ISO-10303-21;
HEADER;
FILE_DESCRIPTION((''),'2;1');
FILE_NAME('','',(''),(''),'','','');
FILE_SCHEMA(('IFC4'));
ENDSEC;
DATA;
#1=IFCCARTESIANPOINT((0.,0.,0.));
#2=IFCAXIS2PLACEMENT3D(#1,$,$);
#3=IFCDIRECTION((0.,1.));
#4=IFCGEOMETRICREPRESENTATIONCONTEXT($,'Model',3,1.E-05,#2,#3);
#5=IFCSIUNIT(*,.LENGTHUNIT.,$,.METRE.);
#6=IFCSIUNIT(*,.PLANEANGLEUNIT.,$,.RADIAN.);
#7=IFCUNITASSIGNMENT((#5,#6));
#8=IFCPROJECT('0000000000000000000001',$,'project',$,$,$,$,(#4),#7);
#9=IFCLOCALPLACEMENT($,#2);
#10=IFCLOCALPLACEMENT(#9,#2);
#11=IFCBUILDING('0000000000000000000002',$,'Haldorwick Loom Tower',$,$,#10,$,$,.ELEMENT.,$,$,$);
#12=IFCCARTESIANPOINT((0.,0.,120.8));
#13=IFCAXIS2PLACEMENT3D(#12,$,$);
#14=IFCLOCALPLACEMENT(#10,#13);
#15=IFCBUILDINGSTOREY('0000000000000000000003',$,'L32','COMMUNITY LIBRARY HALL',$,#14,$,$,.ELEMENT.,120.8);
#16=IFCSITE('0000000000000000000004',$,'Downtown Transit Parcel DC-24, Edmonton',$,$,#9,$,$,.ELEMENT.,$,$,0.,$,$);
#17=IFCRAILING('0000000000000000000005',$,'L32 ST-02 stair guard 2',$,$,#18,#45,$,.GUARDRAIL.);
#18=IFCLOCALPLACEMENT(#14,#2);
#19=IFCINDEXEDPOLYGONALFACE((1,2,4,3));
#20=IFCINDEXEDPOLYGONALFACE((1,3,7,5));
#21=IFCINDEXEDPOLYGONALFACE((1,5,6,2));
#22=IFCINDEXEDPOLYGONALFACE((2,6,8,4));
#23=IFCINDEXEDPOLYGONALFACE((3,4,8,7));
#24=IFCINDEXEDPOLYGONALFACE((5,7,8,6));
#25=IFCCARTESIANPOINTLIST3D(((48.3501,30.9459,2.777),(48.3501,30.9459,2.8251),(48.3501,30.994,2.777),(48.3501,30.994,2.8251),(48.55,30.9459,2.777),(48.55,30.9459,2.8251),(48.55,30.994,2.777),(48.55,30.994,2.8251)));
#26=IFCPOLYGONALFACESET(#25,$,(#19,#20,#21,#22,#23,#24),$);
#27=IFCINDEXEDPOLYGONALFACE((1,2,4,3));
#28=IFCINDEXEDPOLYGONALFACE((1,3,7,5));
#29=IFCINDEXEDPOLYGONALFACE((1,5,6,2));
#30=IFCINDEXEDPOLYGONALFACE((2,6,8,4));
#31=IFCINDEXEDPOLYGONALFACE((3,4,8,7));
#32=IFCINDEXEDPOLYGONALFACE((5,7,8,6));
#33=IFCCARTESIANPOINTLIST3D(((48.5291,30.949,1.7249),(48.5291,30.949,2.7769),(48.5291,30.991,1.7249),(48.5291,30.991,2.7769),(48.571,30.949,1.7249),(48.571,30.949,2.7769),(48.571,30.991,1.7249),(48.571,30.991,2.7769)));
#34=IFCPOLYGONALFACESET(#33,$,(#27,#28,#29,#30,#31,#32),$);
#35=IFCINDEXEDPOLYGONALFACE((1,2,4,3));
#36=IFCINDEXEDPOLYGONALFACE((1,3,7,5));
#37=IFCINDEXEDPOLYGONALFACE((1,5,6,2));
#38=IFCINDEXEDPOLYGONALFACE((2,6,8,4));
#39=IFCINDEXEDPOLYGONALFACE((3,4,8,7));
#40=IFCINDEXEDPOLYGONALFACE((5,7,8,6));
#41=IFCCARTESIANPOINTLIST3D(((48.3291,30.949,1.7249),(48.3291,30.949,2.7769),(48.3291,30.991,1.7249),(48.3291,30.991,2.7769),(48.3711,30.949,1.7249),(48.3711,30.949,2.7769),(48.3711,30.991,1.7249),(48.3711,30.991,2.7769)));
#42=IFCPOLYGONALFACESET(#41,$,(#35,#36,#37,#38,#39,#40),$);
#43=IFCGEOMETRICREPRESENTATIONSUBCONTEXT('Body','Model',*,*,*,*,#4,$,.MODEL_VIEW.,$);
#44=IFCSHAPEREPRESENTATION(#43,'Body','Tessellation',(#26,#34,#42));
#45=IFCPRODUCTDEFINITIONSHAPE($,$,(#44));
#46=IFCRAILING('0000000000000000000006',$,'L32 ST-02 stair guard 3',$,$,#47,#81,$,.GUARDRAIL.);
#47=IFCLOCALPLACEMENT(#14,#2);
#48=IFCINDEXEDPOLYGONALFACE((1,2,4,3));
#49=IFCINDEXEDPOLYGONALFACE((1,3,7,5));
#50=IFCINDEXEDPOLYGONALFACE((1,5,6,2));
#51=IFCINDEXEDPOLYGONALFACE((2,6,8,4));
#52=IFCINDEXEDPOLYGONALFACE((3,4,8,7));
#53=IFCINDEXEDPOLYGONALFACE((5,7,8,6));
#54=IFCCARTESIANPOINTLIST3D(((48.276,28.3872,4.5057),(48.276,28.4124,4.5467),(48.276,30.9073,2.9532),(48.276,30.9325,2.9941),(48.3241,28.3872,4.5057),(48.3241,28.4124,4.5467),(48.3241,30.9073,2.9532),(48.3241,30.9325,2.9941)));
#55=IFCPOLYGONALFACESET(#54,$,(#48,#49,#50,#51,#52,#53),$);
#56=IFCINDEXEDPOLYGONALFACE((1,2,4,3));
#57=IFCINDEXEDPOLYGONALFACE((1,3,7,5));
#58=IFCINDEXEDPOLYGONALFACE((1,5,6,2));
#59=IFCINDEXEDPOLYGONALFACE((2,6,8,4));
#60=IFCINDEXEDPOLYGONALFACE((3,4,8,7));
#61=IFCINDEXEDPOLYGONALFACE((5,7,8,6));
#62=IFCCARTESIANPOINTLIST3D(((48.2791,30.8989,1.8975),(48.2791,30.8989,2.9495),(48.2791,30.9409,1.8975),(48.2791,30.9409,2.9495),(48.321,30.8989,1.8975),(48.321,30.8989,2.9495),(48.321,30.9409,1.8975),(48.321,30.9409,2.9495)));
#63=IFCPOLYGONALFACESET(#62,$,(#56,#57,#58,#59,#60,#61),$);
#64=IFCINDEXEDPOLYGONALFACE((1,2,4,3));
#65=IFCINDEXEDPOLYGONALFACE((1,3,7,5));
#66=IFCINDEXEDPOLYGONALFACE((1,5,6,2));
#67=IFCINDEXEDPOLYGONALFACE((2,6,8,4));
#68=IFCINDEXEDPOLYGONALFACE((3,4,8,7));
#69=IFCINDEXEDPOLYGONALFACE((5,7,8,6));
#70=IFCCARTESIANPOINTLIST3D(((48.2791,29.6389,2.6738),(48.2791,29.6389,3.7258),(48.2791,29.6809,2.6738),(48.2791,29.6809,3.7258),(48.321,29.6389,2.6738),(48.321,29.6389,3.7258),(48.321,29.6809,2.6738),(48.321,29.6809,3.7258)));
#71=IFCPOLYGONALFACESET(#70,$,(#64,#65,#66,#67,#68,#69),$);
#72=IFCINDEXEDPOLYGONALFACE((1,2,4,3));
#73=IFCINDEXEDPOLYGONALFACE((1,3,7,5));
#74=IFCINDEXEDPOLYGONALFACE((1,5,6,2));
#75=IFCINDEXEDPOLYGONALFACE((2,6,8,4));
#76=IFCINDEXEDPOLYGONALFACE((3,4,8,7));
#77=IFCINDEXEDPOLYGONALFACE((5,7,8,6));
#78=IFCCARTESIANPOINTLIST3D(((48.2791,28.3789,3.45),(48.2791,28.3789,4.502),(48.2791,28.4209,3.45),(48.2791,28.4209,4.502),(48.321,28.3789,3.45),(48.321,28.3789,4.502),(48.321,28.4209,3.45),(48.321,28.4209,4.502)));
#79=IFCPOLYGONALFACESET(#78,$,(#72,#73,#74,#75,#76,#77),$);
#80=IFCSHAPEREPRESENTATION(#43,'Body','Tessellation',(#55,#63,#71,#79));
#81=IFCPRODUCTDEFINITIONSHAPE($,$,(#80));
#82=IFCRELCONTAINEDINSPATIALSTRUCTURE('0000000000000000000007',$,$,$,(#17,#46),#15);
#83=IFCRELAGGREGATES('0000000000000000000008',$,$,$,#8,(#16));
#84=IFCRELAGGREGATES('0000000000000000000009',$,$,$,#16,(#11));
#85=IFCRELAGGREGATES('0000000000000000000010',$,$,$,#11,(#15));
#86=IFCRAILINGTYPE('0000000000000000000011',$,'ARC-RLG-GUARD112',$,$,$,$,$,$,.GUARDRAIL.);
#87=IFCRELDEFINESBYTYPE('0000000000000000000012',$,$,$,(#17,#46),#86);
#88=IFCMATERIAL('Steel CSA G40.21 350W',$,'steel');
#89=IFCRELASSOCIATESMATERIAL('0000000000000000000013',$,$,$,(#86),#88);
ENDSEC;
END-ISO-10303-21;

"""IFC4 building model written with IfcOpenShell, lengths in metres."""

from ifc_helpers import new_model, si_unit, direction, frame, origin, origin_2d, place, context, subcontext, project, spatial, rectangle, extrude, material, type_object, element, save


model = new_model("IFC4")

# Units and contexts
model_context = context("Model", 3, precision=1e-05, world=origin(), true_north=direction((0.0, 1.0)))
body_context = subcontext(model_context, "Body", "Model", "MODEL_VIEW")
ifc_project = project(units=[si_unit("LENGTHUNIT", "METRE"), si_unit("PLANEANGLEUNIT", "RADIAN")], contexts=[model_context])

# Site, building, storey
site_placement = place(None, origin())
site = spatial("IfcSite", under=ifc_project, at=site_placement, Name="Downtown Transit Parcel DC-24, Edmonton", CompositionType="ELEMENT", RefElevation=0.0)
building_placement = place(site_placement, origin())
building = spatial("IfcBuilding", under=site, at=building_placement, Name="Haldorwick Loom Tower", CompositionType="ELEMENT")
storey_placement = place(building_placement, frame((0.0, 0.0, 120.8)))
storey = spatial("IfcBuildingStorey", under=building, at=storey_placement, Name="L32", Description="COMMUNITY LIBRARY HALL", CompositionType="ELEMENT", Elevation=120.8)

# Shared definitions
ifc_material_1 = material(Name="Steel CSA G40.21 350W", Category="steel")

# Railings
railing_type_1 = type_object("IfcRailingType", Name="ARC-RLG-GUARD112", PredefinedType="GUARDRAIL", material=ifc_material_1)
railing_1_placement = place(storey_placement, frame((48.55, 30.97, 1.7249)))
element("IfcRailing", 1, at=railing_1_placement, inside=storey, type_object=railing_type_1, Name="L32 ST-02 stair guard 2", PredefinedType="GUARDRAIL", context=body_context, shape_type="SweptSolid", body=[
    extrude(rectangle(XDim=0.0481, YDim=0.0481, at=origin_2d()), frame((0.0, 0.0, 1.0762), z_axis=(-1.0, 0.0, 0.0), x_axis=(0.0, -1.0, 0.0)), (0.0, 0.0, 1.0), 0.2),
    extrude(rectangle(XDim=0.042, YDim=0.042, at=origin_2d()), origin(), (0.0, 0.0, 1.0), 1.052),
    extrude(rectangle(XDim=0.042, YDim=0.042, at=origin_2d()), frame((-0.2, 0.0, 0.0)), (0.0, 0.0, 1.0), 1.052),
])
railing_2_placement = place(storey_placement, frame((48.3, 30.9199, 1.8975)))
element("IfcRailing", 2, at=railing_2_placement, inside=storey, type_object=railing_type_1, Name="L32 ST-02 stair guard 3", PredefinedType="GUARDRAIL", context=body_context, shape_type="SweptSolid", body=[
    extrude(rectangle(XDim=0.0481, YDim=0.0481, at=origin_2d()), frame((0.0, 0.0, 1.0762), z_axis=(0.0, -0.8514, 0.524516), x_axis=(1.0, 0.0, 0.0)), (0.0, 0.0, 1.0), 2.96),
    extrude(rectangle(XDim=0.042, YDim=0.042, at=origin_2d()), origin(), (0.0, 0.0, 1.0), 1.052),
    extrude(rectangle(XDim=0.042, YDim=0.042, at=origin_2d()), frame((0.0, -1.26, 0.7764)), (0.0, 0.0, 1.0), 1.052),
    extrude(rectangle(XDim=0.042, YDim=0.042, at=origin_2d()), frame((0.0, -2.52, 1.5525)), (0.0, 0.0, 1.0), 1.052),
])

save(model, "model.ifc")
